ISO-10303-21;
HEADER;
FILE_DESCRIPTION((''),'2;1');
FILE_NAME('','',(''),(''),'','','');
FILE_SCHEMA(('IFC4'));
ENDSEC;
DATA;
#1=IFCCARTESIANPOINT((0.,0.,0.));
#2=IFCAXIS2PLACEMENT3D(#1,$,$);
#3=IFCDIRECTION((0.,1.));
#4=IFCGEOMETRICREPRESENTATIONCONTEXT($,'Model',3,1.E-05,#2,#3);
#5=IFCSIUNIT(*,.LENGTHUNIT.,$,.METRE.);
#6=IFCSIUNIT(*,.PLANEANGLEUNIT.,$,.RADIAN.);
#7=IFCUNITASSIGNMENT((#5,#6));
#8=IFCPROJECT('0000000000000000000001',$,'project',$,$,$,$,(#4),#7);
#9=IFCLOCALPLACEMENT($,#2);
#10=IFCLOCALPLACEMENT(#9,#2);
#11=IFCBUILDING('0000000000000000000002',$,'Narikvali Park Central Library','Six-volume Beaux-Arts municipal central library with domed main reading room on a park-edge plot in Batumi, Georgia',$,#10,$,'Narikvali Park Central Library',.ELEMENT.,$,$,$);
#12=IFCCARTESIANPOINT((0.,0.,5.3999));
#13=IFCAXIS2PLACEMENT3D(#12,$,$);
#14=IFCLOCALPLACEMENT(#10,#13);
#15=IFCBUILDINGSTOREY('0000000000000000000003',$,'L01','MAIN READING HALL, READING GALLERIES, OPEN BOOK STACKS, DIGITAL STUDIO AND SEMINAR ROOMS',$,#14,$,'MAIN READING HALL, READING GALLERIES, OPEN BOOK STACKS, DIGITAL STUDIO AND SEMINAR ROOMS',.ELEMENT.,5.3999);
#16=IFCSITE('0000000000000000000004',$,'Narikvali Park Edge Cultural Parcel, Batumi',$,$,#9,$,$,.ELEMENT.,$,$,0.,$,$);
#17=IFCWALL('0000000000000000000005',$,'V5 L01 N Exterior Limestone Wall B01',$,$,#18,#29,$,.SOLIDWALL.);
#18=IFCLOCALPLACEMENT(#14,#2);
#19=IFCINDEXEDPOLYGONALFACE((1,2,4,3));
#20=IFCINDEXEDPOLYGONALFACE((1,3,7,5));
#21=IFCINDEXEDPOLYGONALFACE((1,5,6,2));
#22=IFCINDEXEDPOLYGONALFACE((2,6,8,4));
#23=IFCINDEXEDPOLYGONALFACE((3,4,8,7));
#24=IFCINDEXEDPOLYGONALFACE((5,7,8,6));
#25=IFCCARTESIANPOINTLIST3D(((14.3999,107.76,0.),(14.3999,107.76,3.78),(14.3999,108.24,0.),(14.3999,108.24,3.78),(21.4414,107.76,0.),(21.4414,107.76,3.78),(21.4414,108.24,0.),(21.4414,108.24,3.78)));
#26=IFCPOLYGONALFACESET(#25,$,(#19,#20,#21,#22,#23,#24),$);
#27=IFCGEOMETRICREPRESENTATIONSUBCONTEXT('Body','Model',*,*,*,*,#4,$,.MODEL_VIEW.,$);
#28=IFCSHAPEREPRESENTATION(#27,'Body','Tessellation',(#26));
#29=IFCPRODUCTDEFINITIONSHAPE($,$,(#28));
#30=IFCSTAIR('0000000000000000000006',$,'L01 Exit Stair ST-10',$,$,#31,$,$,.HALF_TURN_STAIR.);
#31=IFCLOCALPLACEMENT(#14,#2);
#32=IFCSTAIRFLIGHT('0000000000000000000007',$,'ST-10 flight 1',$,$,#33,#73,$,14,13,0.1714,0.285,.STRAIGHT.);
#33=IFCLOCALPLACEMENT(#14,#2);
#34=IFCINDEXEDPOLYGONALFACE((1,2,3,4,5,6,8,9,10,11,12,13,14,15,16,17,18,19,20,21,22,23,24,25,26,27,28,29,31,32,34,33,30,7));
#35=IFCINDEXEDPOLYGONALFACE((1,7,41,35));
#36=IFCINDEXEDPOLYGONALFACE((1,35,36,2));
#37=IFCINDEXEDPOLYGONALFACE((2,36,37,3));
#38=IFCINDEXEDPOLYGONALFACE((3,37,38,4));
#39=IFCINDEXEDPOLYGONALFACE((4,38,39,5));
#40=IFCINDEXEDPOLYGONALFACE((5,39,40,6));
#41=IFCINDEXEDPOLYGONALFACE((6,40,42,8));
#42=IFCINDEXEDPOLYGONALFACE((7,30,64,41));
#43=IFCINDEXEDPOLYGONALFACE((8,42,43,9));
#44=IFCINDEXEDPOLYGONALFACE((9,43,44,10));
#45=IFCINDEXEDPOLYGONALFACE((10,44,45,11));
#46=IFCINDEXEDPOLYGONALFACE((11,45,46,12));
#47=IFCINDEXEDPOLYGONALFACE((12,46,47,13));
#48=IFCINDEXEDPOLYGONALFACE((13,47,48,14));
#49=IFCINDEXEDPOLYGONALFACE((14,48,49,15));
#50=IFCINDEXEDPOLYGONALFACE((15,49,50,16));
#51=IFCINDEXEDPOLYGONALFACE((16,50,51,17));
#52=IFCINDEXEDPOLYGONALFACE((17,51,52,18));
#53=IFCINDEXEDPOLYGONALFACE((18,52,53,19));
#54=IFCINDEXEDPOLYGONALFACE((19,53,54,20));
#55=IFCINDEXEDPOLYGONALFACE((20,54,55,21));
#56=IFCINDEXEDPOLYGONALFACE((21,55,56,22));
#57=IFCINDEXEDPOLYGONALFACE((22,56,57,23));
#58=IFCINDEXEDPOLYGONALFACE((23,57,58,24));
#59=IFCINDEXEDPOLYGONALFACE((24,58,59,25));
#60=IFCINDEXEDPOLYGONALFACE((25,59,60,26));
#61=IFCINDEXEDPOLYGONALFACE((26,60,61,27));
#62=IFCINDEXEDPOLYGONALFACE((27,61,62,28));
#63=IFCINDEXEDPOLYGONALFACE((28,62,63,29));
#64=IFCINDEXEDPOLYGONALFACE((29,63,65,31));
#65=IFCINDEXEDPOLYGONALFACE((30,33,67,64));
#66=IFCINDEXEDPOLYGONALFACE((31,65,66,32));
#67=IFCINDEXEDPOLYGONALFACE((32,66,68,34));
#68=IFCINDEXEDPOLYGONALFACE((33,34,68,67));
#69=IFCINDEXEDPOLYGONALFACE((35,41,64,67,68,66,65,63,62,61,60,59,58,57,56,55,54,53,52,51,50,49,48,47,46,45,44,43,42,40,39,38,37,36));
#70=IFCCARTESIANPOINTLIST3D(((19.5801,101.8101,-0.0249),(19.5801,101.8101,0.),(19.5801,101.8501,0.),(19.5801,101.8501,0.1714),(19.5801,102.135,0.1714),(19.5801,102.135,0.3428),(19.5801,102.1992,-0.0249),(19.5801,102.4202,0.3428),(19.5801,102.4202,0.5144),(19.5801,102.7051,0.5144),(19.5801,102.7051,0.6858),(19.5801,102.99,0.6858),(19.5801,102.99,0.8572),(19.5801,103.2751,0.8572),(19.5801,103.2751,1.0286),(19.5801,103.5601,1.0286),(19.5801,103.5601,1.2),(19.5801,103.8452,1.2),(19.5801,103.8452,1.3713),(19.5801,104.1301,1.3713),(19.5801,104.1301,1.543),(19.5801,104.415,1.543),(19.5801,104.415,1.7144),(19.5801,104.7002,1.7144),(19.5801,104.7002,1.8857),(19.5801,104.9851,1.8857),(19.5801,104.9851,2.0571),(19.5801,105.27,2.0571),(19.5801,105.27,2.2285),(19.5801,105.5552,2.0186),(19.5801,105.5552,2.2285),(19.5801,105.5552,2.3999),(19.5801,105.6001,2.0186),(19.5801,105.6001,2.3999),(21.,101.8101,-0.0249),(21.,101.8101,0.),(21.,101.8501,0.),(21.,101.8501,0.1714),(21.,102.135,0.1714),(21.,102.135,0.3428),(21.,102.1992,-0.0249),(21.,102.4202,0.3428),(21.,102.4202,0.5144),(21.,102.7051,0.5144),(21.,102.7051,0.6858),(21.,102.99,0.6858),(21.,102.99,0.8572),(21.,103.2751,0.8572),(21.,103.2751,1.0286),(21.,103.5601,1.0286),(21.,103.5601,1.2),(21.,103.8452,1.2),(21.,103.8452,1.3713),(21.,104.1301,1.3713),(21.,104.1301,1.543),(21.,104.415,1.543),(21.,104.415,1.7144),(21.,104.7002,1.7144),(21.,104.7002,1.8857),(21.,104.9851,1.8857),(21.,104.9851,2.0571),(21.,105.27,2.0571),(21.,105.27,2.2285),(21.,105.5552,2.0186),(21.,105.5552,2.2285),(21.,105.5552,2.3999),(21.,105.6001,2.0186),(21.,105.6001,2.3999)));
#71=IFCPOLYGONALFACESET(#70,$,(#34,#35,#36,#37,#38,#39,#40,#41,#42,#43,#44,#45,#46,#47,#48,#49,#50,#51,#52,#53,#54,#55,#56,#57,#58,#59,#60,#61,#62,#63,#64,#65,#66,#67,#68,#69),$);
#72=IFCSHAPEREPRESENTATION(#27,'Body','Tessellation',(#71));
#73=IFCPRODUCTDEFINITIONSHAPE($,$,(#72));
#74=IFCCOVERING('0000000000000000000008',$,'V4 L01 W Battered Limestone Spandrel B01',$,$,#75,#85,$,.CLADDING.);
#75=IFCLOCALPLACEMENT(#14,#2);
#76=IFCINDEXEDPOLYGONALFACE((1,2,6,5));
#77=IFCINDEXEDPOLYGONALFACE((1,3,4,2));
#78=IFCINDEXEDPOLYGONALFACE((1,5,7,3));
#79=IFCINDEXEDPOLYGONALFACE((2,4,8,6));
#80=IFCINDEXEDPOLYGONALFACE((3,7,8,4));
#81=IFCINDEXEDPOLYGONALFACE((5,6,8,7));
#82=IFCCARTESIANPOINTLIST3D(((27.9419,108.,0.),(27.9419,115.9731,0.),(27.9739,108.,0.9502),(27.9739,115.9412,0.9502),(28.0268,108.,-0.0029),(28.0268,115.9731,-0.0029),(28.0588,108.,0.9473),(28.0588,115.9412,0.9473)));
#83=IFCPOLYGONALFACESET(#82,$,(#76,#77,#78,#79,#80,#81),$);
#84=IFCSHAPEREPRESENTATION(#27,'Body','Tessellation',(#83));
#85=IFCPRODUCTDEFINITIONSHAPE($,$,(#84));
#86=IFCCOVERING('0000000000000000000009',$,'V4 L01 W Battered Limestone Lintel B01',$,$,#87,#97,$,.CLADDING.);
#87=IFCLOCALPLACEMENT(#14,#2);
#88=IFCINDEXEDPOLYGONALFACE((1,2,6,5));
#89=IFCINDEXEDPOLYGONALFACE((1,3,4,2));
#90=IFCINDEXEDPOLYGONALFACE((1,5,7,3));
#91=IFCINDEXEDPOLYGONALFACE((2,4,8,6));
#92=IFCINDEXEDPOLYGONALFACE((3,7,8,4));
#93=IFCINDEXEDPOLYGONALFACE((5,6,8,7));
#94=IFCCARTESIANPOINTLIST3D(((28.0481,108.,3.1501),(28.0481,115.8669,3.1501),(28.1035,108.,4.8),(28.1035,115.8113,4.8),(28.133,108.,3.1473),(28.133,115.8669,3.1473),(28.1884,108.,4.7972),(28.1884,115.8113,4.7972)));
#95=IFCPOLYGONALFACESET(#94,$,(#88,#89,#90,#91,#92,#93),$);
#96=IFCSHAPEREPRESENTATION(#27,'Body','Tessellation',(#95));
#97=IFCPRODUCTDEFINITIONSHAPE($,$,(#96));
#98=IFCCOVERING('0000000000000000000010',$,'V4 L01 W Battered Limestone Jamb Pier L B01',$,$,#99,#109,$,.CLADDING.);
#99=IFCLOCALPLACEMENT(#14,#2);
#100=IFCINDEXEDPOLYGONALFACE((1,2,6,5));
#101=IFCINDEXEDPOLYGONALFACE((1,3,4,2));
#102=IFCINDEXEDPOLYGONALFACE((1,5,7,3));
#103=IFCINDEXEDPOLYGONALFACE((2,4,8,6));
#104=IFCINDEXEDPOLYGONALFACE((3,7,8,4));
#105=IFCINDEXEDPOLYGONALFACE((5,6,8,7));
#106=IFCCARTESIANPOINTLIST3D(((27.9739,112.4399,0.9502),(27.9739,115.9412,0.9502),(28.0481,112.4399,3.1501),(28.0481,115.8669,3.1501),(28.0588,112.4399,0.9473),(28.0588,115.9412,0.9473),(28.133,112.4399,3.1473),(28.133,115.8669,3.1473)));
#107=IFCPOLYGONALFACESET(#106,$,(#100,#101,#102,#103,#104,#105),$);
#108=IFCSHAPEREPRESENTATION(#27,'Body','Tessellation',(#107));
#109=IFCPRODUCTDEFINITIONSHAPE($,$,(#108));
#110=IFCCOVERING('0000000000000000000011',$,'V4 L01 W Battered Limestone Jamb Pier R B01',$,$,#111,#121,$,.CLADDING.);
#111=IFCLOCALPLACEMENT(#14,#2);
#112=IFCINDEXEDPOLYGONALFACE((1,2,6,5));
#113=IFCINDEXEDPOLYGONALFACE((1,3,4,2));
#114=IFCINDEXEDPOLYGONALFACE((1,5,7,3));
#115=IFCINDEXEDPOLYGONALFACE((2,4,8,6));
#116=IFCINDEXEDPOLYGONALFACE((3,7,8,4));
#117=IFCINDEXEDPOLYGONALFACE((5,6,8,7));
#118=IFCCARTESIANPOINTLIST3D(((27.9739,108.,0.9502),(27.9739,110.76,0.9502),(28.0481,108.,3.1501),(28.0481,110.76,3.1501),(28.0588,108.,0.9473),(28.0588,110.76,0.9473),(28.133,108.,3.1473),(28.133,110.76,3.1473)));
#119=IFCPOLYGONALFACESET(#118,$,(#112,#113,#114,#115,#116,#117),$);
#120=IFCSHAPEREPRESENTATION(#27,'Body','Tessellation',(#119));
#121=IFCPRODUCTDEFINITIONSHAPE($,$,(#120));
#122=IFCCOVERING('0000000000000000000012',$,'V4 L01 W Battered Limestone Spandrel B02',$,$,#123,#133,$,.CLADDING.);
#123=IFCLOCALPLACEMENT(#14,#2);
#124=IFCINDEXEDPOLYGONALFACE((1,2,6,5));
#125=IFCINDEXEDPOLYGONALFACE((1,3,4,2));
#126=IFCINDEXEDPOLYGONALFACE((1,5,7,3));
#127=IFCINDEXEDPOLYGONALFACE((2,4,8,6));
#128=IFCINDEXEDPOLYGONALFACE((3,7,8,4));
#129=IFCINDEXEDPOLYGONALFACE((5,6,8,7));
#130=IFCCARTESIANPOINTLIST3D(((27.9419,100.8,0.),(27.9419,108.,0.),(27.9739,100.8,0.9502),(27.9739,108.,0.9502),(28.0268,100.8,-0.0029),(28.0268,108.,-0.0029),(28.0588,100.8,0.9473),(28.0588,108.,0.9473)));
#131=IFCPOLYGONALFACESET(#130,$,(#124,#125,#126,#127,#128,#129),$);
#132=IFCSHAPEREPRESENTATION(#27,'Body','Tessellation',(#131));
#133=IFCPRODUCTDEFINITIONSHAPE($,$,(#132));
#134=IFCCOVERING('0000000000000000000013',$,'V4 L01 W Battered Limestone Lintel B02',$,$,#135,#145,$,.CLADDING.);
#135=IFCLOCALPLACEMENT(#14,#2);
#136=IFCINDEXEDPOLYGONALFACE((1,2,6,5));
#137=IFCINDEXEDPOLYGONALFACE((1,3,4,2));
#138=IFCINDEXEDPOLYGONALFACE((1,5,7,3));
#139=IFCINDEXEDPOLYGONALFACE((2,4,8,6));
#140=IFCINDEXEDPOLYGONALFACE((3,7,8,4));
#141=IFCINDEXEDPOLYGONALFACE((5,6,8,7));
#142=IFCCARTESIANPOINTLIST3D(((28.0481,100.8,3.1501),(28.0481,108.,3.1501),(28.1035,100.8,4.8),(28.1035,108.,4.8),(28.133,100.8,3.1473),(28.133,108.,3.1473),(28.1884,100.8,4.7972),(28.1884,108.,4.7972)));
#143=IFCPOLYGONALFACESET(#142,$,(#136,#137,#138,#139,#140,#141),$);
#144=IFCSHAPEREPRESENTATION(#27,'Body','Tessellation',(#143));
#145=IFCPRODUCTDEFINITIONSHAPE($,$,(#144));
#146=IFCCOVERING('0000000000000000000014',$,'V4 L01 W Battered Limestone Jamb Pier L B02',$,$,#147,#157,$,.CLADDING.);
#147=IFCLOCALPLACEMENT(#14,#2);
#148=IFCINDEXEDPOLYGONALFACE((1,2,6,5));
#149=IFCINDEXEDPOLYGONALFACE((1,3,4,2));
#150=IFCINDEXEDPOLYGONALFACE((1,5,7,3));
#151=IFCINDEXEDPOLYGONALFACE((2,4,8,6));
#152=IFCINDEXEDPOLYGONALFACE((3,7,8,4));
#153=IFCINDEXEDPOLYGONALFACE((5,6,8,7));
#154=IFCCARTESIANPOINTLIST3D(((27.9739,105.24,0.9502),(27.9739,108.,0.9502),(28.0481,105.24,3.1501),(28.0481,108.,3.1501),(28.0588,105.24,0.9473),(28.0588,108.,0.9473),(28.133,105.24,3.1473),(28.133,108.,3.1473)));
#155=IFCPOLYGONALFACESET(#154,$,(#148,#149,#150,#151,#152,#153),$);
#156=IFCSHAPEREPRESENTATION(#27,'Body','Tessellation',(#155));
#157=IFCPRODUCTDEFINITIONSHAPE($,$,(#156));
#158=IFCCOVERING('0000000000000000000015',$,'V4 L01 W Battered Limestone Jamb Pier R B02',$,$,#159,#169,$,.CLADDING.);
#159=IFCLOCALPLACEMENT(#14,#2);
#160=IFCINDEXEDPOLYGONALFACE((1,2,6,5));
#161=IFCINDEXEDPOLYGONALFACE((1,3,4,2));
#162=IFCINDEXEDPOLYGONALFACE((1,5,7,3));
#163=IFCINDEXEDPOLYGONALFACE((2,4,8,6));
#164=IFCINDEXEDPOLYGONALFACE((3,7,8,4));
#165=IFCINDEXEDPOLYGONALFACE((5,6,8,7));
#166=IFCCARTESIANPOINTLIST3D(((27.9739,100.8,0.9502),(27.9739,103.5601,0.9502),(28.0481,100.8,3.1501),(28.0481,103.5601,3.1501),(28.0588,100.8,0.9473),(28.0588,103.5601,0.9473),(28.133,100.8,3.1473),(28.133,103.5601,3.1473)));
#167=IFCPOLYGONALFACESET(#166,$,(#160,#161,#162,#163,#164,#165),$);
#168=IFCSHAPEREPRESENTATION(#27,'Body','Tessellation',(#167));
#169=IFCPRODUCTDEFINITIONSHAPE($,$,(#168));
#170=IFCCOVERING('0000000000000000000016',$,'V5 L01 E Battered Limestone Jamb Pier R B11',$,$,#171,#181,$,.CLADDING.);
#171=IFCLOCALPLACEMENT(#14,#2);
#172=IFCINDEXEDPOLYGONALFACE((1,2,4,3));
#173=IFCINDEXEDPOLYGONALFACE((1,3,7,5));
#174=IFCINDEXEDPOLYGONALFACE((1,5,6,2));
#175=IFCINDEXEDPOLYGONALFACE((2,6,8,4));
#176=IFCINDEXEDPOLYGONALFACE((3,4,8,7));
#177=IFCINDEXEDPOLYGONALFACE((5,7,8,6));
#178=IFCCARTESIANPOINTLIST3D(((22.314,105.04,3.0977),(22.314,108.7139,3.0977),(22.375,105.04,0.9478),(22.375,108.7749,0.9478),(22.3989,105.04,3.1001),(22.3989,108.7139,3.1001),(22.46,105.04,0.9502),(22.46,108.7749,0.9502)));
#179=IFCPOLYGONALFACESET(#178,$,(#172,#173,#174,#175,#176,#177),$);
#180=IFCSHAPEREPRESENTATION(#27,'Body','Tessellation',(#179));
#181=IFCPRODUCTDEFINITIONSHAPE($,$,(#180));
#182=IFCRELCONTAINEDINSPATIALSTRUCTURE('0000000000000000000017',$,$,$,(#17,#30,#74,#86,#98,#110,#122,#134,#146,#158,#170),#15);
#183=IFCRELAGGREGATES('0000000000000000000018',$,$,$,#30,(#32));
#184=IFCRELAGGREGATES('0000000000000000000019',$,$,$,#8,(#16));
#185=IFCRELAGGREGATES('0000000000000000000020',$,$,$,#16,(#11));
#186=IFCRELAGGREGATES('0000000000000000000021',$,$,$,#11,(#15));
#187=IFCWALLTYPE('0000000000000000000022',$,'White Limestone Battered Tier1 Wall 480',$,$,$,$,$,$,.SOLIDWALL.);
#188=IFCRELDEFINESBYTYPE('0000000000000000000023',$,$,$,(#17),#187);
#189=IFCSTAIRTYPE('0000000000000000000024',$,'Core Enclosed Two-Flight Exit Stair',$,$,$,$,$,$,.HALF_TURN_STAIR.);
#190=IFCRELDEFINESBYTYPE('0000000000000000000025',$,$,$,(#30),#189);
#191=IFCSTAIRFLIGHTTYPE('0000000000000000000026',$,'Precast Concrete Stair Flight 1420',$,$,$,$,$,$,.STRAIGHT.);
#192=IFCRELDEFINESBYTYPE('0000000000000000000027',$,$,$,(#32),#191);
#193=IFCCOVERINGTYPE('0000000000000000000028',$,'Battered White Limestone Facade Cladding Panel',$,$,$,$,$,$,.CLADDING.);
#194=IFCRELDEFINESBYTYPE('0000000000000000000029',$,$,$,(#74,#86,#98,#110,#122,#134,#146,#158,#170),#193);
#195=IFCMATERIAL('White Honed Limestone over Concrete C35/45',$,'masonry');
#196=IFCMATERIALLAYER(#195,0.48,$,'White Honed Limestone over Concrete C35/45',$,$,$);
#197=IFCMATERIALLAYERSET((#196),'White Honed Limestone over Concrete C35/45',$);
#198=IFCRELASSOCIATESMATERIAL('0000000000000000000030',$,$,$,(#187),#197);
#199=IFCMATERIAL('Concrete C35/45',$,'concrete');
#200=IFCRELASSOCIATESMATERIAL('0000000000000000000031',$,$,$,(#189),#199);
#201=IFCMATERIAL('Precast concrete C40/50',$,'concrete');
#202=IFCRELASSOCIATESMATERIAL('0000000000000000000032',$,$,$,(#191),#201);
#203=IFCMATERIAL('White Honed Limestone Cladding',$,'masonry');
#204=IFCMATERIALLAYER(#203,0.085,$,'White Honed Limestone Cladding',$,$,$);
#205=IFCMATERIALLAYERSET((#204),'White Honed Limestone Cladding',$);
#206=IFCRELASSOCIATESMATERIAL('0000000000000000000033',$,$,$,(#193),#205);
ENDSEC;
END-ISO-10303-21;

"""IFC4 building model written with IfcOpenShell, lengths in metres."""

from ifc_helpers import new_model, si_unit, direction, frame, frame_2d, origin, place, context, subcontext, project, spatial, polyline, rectangle, outline, extrude, material, layer, layer_set, type_object, element, aggregate, save


model = new_model("IFC4")

# Units and contexts
model_context = context("Model", 3, precision=1e-05, world=origin(), true_north=direction((0.0, 1.0)))
body_context = subcontext(model_context, "Body", "Model", "MODEL_VIEW")
ifc_project = project(units=[si_unit("LENGTHUNIT", "METRE"), si_unit("PLANEANGLEUNIT", "RADIAN")], contexts=[model_context])

# Site, building, storey
site_placement = place(None, origin())
site = spatial("IfcSite", under=ifc_project, at=site_placement, Name="Narikvali Park Edge Cultural Parcel, Batumi", CompositionType="ELEMENT", RefElevation=0.0)
building_placement = place(site_placement, origin())
building = spatial("IfcBuilding", under=site, at=building_placement, Name="Narikvali Park Central Library", Description="Six-volume Beaux-Arts municipal central library with domed main reading room on a park-edge plot in Batumi, Georgia", LongName="Narikvali Park Central Library", CompositionType="ELEMENT")
storey_placement = place(building_placement, frame((0.0, 0.0, 5.3999)))
storey = spatial("IfcBuildingStorey", under=building, at=storey_placement, Name="L01", Description="MAIN READING HALL, READING GALLERIES, OPEN BOOK STACKS, DIGITAL STUDIO AND SEMINAR ROOMS", LongName="MAIN READING HALL, READING GALLERIES, OPEN BOOK STACKS, DIGITAL STUDIO AND SEMINAR ROOMS", CompositionType="ELEMENT", Elevation=5.3999)

# Shared definitions
ifc_material_1 = material(Name="White Honed Limestone over Concrete C35/45", Category="masonry")
ifc_layer_1 = layer(ifc_material_1, 0.48, Name="White Honed Limestone over Concrete C35/45")
ifc_layer_set_1 = layer_set([ifc_layer_1], Name="White Honed Limestone over Concrete C35/45")
wall_type_1 = type_object("IfcWallType", Name="White Limestone Battered Tier1 Wall 480", PredefinedType="SOLIDWALL", material=ifc_layer_set_1)

# Wall
wall_1_placement = place(storey_placement, frame((21.4414, 108.0, 0.0), z_axis=(0.0, 0.0, 1.0), x_axis=(-1.0, 0.0, 0.0)))
element("IfcWall", 1, at=wall_1_placement, inside=storey, type_object=wall_type_1, Name="V5 L01 N Exterior Limestone Wall B01", PredefinedType="SOLIDWALL", context=body_context, shape_type="SweptSolid", body=[
    extrude(rectangle(XDim=7.0415, YDim=0.48, at=frame_2d((3.5208, 0.0))), origin(), (0.0, 0.0, 1.0), 3.78),
])

# Stair, stair flight
ifc_material_2 = material(Name="Concrete C35/45", Category="concrete")
stair_type = type_object("IfcStairType", Name="Core Enclosed Two-Flight Exit Stair", PredefinedType="HALF_TURN_STAIR", material=ifc_material_2)
stair_placement = place(storey_placement, origin())
stair = element("IfcStair", 2, at=stair_placement, inside=storey, type_object=stair_type, Name="L01 Exit Stair ST-10", PredefinedType="HALF_TURN_STAIR")
ifc_material_3 = material(Name="Precast concrete C40/50", Category="concrete")
stair_flight_type = type_object("IfcStairFlightType", Name="Precast Concrete Stair Flight 1420", PredefinedType="STRAIGHT", material=ifc_material_3)
stair_flight_placement = place(storey_placement, frame((20.29, 101.8501, 0.0), z_axis=(0.0, 0.0, 1.0), x_axis=(0.0, 1.0, 0.0)))
stair_flight = element("IfcStairFlight", 3, at=stair_flight_placement, type_object=stair_flight_type, Name="ST-10 flight 1", NumberOfRisers=14, NumberOfTreads=13, PredefinedType="STRAIGHT", RiserHeight=0.1714, TreadLength=0.285, context=body_context, shape_type="SweptSolid", body=[
    extrude(outline(polyline([(-0.04, -0.0249), (-0.04, 0.0), (0.0, 0.0), (0.0, 0.1714), (0.2849, 0.1714), (0.2849, 0.3428), (0.5701, 0.3428), (0.5701, 0.5144), (0.855, 0.5144), (0.855, 0.6858), (1.1399, 0.6858), (1.1399, 0.8572), (1.425, 0.8572), (1.425, 1.0286), (1.71, 1.0286), (1.71, 1.2), (1.9951, 1.2), (1.9951, 1.3713), (2.28, 1.3713), (2.28, 1.543), (2.5649, 1.543), (2.5649, 1.7144), (2.8501, 1.7144), (2.8501, 1.8857), (3.135, 1.8857), (3.135, 2.0571), (3.4199, 2.0571), (3.4199, 2.2285), (3.7051, 2.2285), (3.7051, 2.3999), (3.75, 2.3999), (3.75, 2.0186), (3.7051, 2.0186), (0.3491, -0.0249), (-0.04, -0.0249)])), frame((0.0, 0.71, 0.0), z_axis=(0.0, -1.0, 0.0), x_axis=(1.0, 0.0, 0.0)), (0.0, 0.0, 1.0), 1.4199),
])
aggregate(stair, [stair_flight])

# Coverings
ifc_material_4 = material(Name="White Honed Limestone Cladding", Category="masonry")
ifc_layer_2 = layer(ifc_material_4, 0.085, Name="White Honed Limestone Cladding")
ifc_layer_set_2 = layer_set([ifc_layer_2], Name="White Honed Limestone Cladding")
covering_type = type_object("IfcCoveringType", Name="Battered White Limestone Facade Cladding Panel", PredefinedType="CLADDING", material=ifc_layer_set_2)
covering_1_placement = place(storey_placement, frame((27.9419, 115.9731, 0.0), z_axis=(-0.999434, 0.0, 0.03364), x_axis=(0.0, -1.0, 0.0)))
element("IfcCovering", 4, at=covering_1_placement, inside=storey, type_object=covering_type, Name="V4 L01 W Battered Limestone Spandrel B01", PredefinedType="CLADDING", context=body_context, shape_type="SweptSolid", body=[
    extrude(outline(polyline([(0.0, 0.0), (7.9731, 0.0), (7.9731, 0.9507), (0.032, 0.9507), (0.0, 0.0)])), origin(), (0.0, 0.0, -1.0), 0.085),
])
covering_2_placement = place(storey_placement, frame((28.0481, 115.8669, 3.1501), z_axis=(-0.999436, 0.0, 0.033571), x_axis=(0.0, -1.0, 0.0)))
element("IfcCovering", 5, at=covering_2_placement, inside=storey, type_object=covering_type, Name="V4 L01 W Battered Limestone Lintel B01", PredefinedType="CLADDING", context=body_context, shape_type="SweptSolid", body=[
    extrude(outline(polyline([(0.0, 0.0), (7.8669, 0.0), (7.8669, 1.6508), (0.0557, 1.6508), (0.0, 0.0)])), origin(), (0.0, 0.0, -1.0), 0.085),
])
covering_3_placement = place(storey_placement, frame((27.9739, 115.9412, 0.9502), z_axis=(-0.999431, 0.0, 0.033717), x_axis=(0.0, -1.0, 0.0)))
element("IfcCovering", 6, at=covering_3_placement, inside=storey, type_object=covering_type, Name="V4 L01 W Battered Limestone Jamb Pier L B01", PredefinedType="CLADDING", context=body_context, shape_type="SweptSolid", body=[
    extrude(outline(polyline([(0.0, 0.0), (3.5012, 0.0), (3.5012, 2.2012), (0.0742, 2.2012), (0.0, 0.0)])), origin(), (0.0, 0.0, -1.0), 0.085),
])
covering_4_placement = place(storey_placement, frame((27.9739, 110.76, 0.9502), z_axis=(-0.999431, 0.0, 0.033717), x_axis=(0.0, -1.0, 0.0)))
element("IfcCovering", 7, at=covering_4_placement, inside=storey, type_object=covering_type, Name="V4 L01 W Battered Limestone Jamb Pier R B01", PredefinedType="CLADDING", context=body_context, shape_type="SweptSolid", body=[
    extrude(outline(polyline([(0.0, 0.0), (2.76, 0.0), (2.76, 2.2012), (0.0, 2.2012), (0.0, 0.0)])), origin(), (0.0, 0.0, -1.0), 0.085),
])
covering_5_placement = place(storey_placement, frame((27.9419, 108.0, 0.0), z_axis=(-0.999434, 0.0, 0.03364), x_axis=(0.0, -1.0, 0.0)))
element("IfcCovering", 8, at=covering_5_placement, inside=storey, type_object=covering_type, Name="V4 L01 W Battered Limestone Spandrel B02", PredefinedType="CLADDING", context=body_context, shape_type="SweptSolid", body=[
    extrude(outline(polyline([(0.0, 0.0), (7.2, 0.0), (7.2, 0.9507), (0.0, 0.9507), (0.0, 0.0)])), origin(), (0.0, 0.0, -1.0), 0.085),
])
covering_6_placement = place(storey_placement, frame((28.0481, 108.0, 3.1501), z_axis=(-0.999436, 0.0, 0.033571), x_axis=(0.0, -1.0, 0.0)))
element("IfcCovering", 9, at=covering_6_placement, inside=storey, type_object=covering_type, Name="V4 L01 W Battered Limestone Lintel B02", PredefinedType="CLADDING", context=body_context, shape_type="SweptSolid", body=[
    extrude(outline(polyline([(0.0, 0.0), (7.2, 0.0), (7.2, 1.6508), (0.0, 1.6508), (0.0, 0.0)])), origin(), (0.0, 0.0, -1.0), 0.085),
])
for number, where, z_axis, x_axis, name in (
    (10, (27.9739, 108.0, 0.9502), (-0.999431, 0.0, 0.033717), (0.0, -1.0, 0.0), "V4 L01 W Battered Limestone Jamb Pier L B02"),
    (11, (27.9739, 103.5601, 0.9502), (-0.999431, 0.0, 0.033717), (0.0, -1.0, 0.0), "V4 L01 W Battered Limestone Jamb Pier R B02"),
):
    element("IfcCovering", number, at=place(storey_placement, frame(where, z_axis=z_axis, x_axis=x_axis)), inside=storey, type_object=covering_type, Name=name, PredefinedType="CLADDING", context=body_context, shape_type="SweptSolid", body=[
        extrude(outline(polyline([(0.0, 0.0), (2.76, 0.0), (2.76, 2.2012), (0.0, 2.2012), (0.0, 0.0)])), origin(), (0.0, 0.0, -1.0), 0.085),
    ])
covering_7_placement = place(storey_placement, frame((22.46, 105.04, 0.9502), z_axis=(0.999597, 0.0, 0.028378), x_axis=(0.0, 1.0, 0.0)))
element("IfcCovering", 12, at=covering_7_placement, inside=storey, type_object=covering_type, Name="V5 L01 E Battered Limestone Jamb Pier R B11", PredefinedType="CLADDING", context=body_context, shape_type="SweptSolid", body=[
    extrude(outline(polyline([(0.0, 0.0), (3.7349, 0.0), (3.6738, 2.1508), (0.0, 2.1508), (0.0, 0.0)])), origin(), (0.0, 0.0, -1.0), 0.085),
])

save(model, "model.ifc")
